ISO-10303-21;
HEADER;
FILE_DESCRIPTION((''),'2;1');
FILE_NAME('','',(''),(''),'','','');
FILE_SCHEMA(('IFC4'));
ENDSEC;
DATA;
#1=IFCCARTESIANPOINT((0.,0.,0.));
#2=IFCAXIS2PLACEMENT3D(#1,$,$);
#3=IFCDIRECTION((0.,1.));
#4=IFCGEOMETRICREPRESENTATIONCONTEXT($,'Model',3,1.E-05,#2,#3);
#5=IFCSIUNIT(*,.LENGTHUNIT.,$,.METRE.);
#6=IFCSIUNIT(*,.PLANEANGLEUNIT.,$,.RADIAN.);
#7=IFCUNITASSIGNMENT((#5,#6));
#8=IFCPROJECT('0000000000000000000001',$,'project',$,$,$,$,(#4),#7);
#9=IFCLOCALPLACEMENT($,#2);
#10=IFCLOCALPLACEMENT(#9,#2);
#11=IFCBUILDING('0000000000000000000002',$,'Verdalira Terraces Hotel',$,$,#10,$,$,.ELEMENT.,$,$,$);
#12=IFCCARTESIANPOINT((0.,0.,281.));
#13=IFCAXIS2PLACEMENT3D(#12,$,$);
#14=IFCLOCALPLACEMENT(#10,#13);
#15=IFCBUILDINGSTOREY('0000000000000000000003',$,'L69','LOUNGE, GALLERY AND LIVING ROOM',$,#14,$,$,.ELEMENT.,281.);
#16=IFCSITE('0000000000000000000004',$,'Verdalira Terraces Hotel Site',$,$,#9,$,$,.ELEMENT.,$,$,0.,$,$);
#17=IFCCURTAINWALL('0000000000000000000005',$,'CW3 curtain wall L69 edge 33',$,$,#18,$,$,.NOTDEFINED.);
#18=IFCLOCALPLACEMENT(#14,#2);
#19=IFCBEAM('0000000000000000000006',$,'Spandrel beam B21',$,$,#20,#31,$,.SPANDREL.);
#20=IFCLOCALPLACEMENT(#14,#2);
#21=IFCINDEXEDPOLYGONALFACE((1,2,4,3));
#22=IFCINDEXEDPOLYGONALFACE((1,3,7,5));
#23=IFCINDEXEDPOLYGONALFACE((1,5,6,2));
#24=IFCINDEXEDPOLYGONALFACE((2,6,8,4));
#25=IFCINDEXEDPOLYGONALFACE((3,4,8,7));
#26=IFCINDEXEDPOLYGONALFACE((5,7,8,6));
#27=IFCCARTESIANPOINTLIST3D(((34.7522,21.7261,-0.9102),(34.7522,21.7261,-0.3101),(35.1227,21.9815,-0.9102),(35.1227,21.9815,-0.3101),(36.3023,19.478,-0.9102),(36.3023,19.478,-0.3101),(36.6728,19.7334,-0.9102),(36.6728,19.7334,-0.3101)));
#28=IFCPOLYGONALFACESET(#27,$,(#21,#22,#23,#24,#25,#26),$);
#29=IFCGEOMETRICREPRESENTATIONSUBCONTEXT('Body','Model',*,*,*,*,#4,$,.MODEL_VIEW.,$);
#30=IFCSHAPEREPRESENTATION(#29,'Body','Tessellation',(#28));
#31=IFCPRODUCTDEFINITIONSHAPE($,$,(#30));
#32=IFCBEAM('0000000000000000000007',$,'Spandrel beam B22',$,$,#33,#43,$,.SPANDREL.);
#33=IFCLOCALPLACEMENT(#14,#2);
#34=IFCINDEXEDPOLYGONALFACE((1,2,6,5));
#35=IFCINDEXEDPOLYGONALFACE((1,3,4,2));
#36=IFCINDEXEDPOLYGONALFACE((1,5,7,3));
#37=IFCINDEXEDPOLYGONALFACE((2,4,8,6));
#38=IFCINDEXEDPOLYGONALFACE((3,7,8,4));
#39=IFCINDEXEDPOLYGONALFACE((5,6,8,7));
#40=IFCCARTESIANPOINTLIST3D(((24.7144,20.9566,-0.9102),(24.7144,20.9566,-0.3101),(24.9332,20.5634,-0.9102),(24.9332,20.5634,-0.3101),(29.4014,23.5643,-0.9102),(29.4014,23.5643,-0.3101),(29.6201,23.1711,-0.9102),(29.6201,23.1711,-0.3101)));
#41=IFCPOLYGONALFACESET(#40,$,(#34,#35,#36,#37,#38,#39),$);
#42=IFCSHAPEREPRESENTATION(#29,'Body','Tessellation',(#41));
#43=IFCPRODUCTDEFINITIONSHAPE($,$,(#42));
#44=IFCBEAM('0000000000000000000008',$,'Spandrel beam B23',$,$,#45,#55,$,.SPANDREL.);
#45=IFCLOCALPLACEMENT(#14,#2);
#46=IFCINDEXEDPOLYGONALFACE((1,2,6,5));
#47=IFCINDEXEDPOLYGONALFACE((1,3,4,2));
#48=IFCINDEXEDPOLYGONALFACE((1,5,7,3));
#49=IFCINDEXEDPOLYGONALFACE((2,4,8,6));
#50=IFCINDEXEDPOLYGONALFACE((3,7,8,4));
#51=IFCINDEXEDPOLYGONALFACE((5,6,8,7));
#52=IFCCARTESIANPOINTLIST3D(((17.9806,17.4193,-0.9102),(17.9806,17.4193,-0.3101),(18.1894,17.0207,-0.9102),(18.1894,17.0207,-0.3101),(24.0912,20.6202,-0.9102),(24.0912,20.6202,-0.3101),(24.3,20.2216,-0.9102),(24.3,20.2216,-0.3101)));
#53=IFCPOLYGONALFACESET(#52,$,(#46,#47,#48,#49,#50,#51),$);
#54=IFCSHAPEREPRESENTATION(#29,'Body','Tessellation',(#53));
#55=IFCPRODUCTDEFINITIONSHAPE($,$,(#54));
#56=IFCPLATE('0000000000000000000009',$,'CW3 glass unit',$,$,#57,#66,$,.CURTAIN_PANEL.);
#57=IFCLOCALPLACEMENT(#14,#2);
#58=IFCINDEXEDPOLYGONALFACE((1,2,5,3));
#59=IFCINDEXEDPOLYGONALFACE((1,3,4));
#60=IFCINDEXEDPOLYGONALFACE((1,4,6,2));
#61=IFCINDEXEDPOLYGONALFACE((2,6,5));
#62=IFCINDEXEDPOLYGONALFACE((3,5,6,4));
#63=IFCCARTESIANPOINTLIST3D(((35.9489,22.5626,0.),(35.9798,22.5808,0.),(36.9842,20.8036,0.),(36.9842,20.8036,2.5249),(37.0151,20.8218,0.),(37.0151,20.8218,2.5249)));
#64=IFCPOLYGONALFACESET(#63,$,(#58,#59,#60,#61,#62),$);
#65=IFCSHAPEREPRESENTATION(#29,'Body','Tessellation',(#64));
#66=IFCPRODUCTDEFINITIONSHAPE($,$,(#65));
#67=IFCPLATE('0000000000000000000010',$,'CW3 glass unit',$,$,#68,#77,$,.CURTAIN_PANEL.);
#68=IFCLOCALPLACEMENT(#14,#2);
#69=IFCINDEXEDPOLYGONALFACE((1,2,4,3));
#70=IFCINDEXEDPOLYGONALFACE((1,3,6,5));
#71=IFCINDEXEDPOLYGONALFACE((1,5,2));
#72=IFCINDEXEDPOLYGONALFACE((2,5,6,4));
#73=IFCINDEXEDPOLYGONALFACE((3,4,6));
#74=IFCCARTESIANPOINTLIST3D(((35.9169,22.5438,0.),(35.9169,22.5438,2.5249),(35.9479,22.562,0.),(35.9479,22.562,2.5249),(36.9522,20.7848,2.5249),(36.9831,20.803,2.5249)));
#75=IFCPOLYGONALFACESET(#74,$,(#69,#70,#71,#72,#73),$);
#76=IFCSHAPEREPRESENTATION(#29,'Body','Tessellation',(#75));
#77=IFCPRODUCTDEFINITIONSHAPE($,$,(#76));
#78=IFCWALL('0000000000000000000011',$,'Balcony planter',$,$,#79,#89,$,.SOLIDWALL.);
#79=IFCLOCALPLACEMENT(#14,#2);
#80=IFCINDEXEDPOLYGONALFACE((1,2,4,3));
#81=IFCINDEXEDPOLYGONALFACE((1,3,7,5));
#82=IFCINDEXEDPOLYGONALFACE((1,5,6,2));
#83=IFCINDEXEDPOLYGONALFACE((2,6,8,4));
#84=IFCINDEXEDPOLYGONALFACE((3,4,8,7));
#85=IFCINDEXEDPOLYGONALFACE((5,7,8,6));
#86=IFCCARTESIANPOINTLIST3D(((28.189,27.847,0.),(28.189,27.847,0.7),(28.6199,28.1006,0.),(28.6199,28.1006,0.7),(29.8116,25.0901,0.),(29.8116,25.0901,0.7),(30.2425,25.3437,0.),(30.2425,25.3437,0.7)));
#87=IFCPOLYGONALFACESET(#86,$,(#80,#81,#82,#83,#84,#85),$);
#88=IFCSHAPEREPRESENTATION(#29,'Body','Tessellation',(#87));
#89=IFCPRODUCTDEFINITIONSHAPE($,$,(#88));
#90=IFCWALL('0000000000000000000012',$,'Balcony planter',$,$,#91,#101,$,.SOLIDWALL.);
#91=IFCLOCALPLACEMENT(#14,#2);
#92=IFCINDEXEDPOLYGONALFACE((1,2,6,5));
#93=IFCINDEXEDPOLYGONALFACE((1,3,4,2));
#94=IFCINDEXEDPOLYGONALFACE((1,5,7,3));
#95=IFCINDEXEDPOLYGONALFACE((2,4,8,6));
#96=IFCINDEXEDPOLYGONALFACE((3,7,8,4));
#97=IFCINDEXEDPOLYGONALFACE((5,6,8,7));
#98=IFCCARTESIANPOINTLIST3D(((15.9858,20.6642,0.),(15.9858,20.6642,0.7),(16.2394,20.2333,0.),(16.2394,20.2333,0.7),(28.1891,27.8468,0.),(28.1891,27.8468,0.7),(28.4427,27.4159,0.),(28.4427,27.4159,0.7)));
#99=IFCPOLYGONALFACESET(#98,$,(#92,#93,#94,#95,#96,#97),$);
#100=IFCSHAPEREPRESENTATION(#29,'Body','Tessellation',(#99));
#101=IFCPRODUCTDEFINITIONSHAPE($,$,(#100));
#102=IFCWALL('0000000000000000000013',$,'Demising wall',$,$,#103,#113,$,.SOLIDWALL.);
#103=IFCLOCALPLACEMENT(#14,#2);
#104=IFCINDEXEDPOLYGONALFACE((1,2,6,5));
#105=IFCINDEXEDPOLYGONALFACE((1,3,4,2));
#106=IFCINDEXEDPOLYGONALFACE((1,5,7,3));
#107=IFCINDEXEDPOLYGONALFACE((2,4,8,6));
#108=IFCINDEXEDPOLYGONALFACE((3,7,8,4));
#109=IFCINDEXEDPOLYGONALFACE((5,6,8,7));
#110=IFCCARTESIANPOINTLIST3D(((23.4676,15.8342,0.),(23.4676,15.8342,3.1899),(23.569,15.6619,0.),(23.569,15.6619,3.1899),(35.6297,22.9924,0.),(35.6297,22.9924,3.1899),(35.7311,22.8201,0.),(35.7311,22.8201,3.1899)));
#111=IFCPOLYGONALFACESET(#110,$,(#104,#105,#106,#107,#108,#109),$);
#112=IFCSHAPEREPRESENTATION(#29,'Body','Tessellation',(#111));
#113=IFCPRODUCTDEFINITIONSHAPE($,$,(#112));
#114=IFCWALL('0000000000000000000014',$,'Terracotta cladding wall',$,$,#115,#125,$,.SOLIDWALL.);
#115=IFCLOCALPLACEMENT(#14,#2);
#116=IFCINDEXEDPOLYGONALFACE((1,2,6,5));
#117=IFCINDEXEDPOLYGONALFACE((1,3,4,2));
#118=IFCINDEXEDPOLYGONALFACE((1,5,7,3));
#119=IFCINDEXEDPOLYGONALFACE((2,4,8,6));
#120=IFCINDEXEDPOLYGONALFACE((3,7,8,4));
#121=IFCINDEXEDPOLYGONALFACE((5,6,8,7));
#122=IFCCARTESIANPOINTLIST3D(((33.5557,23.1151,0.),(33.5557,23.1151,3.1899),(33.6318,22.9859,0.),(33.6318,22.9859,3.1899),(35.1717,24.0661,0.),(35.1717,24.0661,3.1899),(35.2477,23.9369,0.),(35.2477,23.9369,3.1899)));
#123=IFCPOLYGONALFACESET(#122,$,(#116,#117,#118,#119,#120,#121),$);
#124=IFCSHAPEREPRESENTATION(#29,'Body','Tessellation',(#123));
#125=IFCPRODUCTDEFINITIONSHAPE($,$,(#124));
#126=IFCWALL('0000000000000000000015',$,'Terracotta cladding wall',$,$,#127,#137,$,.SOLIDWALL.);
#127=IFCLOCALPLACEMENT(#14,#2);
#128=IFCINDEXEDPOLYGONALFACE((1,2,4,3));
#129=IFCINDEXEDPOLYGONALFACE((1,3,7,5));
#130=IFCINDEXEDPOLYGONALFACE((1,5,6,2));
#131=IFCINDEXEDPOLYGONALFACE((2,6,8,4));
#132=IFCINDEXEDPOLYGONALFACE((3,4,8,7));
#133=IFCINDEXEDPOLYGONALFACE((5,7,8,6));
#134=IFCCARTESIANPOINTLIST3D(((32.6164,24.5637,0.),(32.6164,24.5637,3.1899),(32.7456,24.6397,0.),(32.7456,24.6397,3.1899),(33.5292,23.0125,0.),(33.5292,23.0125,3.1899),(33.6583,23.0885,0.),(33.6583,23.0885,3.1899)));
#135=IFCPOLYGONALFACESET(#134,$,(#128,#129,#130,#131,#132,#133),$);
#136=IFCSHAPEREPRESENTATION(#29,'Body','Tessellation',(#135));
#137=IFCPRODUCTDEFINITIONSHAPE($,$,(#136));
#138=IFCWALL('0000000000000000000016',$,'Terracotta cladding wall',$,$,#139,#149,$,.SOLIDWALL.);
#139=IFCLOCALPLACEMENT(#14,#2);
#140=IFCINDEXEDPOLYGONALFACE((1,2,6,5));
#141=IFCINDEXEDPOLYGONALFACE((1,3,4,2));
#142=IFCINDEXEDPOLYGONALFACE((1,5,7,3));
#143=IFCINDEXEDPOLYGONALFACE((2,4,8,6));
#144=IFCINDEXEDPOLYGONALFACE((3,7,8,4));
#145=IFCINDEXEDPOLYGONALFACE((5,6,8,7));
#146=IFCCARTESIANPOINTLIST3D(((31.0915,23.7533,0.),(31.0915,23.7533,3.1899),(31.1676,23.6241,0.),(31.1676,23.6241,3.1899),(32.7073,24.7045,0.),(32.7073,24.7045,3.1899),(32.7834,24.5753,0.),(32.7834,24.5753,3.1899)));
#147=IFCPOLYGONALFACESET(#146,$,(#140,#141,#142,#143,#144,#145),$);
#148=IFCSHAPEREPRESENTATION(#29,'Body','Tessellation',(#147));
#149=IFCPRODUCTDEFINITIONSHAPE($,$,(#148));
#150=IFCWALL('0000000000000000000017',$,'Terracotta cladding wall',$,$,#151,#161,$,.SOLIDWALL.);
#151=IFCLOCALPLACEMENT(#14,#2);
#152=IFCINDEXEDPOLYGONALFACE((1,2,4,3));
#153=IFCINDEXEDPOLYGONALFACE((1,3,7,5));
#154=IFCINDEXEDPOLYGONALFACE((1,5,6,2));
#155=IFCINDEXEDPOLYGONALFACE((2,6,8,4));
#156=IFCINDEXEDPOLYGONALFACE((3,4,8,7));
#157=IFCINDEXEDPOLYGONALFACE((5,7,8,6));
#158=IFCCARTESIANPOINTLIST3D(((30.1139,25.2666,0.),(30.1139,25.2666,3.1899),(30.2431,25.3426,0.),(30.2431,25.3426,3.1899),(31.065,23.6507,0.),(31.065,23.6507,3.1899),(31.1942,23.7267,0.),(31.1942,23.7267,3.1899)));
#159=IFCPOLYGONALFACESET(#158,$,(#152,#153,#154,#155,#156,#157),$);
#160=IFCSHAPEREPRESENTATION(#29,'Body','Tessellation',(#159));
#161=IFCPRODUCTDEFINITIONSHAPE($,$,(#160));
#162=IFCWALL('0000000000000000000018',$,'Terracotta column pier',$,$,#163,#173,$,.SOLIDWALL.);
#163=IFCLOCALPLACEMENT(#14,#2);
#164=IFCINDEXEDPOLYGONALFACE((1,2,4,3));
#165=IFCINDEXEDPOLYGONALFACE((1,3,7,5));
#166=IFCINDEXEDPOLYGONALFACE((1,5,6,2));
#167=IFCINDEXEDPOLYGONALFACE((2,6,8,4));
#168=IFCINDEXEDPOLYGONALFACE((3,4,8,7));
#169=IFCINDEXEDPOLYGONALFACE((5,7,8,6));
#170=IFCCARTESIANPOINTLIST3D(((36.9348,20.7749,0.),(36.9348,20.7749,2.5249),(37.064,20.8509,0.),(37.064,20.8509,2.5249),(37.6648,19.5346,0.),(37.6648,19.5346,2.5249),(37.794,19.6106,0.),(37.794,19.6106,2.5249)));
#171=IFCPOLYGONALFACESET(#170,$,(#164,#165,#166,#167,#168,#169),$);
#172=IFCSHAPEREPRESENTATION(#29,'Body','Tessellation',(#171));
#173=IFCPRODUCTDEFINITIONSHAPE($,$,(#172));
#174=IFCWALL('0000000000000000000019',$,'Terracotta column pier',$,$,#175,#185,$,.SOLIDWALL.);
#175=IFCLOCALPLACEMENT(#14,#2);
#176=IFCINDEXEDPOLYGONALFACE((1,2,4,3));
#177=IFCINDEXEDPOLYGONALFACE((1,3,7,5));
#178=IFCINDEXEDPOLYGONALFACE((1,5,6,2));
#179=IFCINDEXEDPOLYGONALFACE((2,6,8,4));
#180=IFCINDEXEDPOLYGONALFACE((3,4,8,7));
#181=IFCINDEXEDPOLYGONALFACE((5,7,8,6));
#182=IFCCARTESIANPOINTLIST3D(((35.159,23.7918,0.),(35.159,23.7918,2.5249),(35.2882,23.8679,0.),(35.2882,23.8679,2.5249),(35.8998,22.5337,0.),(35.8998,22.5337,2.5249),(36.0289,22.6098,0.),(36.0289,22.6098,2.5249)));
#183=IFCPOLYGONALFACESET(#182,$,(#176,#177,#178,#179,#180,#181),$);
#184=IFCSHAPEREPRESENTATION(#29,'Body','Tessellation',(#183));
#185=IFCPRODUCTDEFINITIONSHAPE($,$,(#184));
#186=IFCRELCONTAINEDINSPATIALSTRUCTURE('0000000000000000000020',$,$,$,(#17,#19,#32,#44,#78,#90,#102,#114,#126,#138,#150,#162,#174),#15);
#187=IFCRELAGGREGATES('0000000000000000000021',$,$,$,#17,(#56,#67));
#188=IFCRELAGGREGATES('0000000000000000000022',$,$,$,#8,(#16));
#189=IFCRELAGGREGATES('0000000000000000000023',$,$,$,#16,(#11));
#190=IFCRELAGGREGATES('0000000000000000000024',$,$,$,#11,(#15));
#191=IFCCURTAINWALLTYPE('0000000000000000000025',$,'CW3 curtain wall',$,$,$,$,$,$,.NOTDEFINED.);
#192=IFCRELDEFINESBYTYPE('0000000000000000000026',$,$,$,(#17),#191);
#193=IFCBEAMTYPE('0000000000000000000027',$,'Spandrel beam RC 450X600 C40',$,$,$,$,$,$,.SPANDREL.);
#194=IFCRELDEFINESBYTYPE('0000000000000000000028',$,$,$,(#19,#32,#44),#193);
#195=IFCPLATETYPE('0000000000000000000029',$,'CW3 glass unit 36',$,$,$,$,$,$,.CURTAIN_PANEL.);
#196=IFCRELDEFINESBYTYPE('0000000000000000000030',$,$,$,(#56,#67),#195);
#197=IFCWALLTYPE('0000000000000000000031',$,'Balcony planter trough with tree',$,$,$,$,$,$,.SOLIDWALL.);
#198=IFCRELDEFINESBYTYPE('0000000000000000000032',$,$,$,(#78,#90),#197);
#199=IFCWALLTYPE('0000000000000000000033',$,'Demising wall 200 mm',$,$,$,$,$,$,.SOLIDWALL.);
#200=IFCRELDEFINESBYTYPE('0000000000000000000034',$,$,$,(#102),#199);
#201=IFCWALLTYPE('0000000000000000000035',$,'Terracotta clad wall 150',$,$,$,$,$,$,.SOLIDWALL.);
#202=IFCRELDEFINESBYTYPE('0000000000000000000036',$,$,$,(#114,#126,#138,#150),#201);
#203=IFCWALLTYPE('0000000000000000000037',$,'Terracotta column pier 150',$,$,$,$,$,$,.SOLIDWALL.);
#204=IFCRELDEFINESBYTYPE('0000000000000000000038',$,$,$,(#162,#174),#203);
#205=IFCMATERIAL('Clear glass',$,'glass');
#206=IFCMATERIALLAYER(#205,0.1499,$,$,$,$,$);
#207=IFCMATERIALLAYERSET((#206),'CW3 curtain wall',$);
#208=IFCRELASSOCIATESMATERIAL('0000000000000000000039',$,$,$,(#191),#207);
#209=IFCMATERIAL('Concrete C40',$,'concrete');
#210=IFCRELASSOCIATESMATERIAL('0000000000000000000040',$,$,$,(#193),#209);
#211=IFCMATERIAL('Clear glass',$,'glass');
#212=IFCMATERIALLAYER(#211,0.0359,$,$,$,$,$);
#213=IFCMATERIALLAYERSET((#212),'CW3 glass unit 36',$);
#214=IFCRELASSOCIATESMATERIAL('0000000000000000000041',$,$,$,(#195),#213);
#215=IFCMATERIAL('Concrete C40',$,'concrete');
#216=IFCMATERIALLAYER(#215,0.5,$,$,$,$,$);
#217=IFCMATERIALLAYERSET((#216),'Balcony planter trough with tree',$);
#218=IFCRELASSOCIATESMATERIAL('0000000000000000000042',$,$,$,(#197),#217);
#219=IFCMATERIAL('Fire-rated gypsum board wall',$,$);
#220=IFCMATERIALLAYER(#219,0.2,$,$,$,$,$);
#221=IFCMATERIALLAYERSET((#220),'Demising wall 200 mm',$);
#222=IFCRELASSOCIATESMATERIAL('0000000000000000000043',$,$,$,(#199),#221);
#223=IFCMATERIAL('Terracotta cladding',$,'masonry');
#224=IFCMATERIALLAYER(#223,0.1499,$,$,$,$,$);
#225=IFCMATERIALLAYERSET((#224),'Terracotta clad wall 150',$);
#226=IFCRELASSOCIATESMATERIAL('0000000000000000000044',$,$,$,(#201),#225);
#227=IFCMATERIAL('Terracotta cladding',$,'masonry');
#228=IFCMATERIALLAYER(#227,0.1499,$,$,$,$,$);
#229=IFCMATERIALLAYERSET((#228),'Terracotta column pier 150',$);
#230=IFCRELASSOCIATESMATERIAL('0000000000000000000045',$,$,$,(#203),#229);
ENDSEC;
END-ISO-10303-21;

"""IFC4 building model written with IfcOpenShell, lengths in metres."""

from ifc_helpers import new_model, si_unit, direction, frame, frame_2d, origin, origin_2d, place, context, subcontext, project, spatial, polyline, rectangle, outline, extrude, material, layer, layer_set, material_profile, profile_set, type_object, element, aggregate, save


model = new_model("IFC4")

# Units and contexts
model_context = context("Model", 3, precision=1e-05, world=origin(), true_north=direction((0.0, 1.0)))
body_context = subcontext(model_context, "Body", "Model", "MODEL_VIEW")
ifc_project = project(units=[si_unit("LENGTHUNIT", "METRE"), si_unit("PLANEANGLEUNIT", "RADIAN")], contexts=[model_context])

# Site, building, storey
site_placement = place(None, origin())
site = spatial("IfcSite", under=ifc_project, at=site_placement, Name="Verdalira Terraces Hotel Site", CompositionType="ELEMENT", RefElevation=0.0)
building_placement = place(site_placement, origin())
building = spatial("IfcBuilding", under=site, at=building_placement, Name="Verdalira Terraces Hotel", CompositionType="ELEMENT")
storey_placement = place(building_placement, frame((0.0, 0.0, 281.0)))
storey = spatial("IfcBuildingStorey", under=building, at=storey_placement, Name="L69", Description="LOUNGE, GALLERY AND LIVING ROOM", CompositionType="ELEMENT", Elevation=281.0)

# Curtain wall
ifc_material_1 = material(Name="Clear glass", Category="glass")
ifc_layer_1 = layer(ifc_material_1, 0.1499)
ifc_layer_set_1 = layer_set([ifc_layer_1], Name="CW3 curtain wall")
curtain_wall_type_1 = type_object("IfcCurtainWallType", Name="CW3 curtain wall", PredefinedType="NOTDEFINED", material=ifc_layer_set_1)
curtain_wall_1_placement = place(storey_placement, origin())
curtain_wall_1 = element("IfcCurtainWall", 1, at=curtain_wall_1_placement, inside=storey, type_object=curtain_wall_type_1, Name="CW3 curtain wall L69 edge 33", PredefinedType="NOTDEFINED")

# Beams
ifc_material_2 = material(Name="Concrete C40", Category="concrete")
ifc_material_profile_1 = material_profile(ifc_material_2, rectangle(XDim=0.45, YDim=0.6001, at=origin_2d()), Name="RC 450X600")
ifc_profile_set_1 = profile_set([ifc_material_profile_1], Name="Concrete C40")
beam_type_1 = type_object("IfcBeamType", Name="Spandrel beam RC 450X600 C40", PredefinedType="SPANDREL", material=ifc_profile_set_1)
beam_1_placement = place(storey_placement, frame((36.4875, 19.6057, -0.6101), z_axis=(-0.567651, 0.823269, 0.0), x_axis=(-0.823269, -0.567651, 0.0)))
element("IfcBeam", 2, at=beam_1_placement, inside=storey, type_object=beam_type_1, Name="Spandrel beam B21", PredefinedType="SPANDREL", context=body_context, shape_type="SweptSolid", body=[
    extrude(rectangle(XDim=0.45, YDim=0.6001, at=origin_2d()), origin(), (0.0, 0.0, 1.0), 2.7307),
])
beam_2_placement = place(storey_placement, frame((29.5107, 23.3677, -0.6101), z_axis=(-0.873859, -0.48618, 0.0), x_axis=(0.48618, -0.873859, 0.0)))
element("IfcBeam", 3, at=beam_2_placement, inside=storey, type_object=beam_type_1, Name="Spandrel beam B22", PredefinedType="SPANDREL", context=body_context, shape_type="SweptSolid", body=[
    extrude(rectangle(XDim=0.45, YDim=0.6001, at=origin_2d()), origin(), (0.0, 0.0, 1.0), 5.3635),
])
beam_3_placement = place(storey_placement, frame((24.1956, 20.4209, -0.6101), z_axis=(-0.885823, -0.464023, 0.0), x_axis=(0.464023, -0.885823, 0.0)))
element("IfcBeam", 4, at=beam_3_placement, inside=storey, type_object=beam_type_1, Name="Spandrel beam B23", PredefinedType="SPANDREL", context=body_context, shape_type="SweptSolid", body=[
    extrude(rectangle(XDim=0.45, YDim=0.6001, at=origin_2d()), origin(), (0.0, 0.0, 1.0), 6.8982),
])

# Plates
ifc_material_3 = material(Name="Clear glass", Category="glass")
ifc_layer_2 = layer(ifc_material_3, 0.0359)
ifc_layer_set_2 = layer_set([ifc_layer_2], Name="CW3 glass unit 36")
plate_type = type_object("IfcPlateType", Name="CW3 glass unit 36", PredefinedType="CURTAIN_PANEL", material=ifc_layer_set_2)
plate_1_placement = place(storey_placement, frame((36.4666, 21.6831, 1.2625), z_axis=(0.861806, 0.507238, 0.0), x_axis=(-0.507238, 0.861806, 0.0)))
plate_1 = element("IfcPlate", 5, at=plate_1_placement, type_object=plate_type, Name="CW3 glass unit", PredefinedType="CURTAIN_PANEL", context=body_context, shape_type="SweptSolid", body=[
    extrude(outline(polyline([(-1.0205, -1.2625), (1.0205, -1.2625), (-1.0205, 1.2625), (-1.0205, -1.2625)])), origin(), (0.0, 0.0, 1.0), 0.0359),
])
plate_2_placement = place(storey_placement, frame((36.4346, 21.6643, 1.2625), z_axis=(0.861806, 0.507238, 0.0), x_axis=(-0.507238, 0.861806, 0.0)))
plate_2 = element("IfcPlate", 6, at=plate_2_placement, type_object=plate_type, Name="CW3 glass unit", PredefinedType="CURTAIN_PANEL", context=body_context, shape_type="SweptSolid", body=[
    extrude(outline(polyline([(1.0205, -1.2625), (1.0205, 1.2625), (-1.0205, 1.2625), (1.0205, -1.2625)])), origin(), (0.0, 0.0, 1.0), 0.0359),
])
aggregate(curtain_wall_1, [plate_1, plate_2])

# Walls
ifc_material_4 = material(Name="Concrete C40", Category="concrete")
ifc_layer_3 = layer(ifc_material_4, 0.5)
ifc_layer_set_3 = layer_set([ifc_layer_3], Name="Balcony planter trough with tree")
wall_type_1 = type_object("IfcWallType", Name="Balcony planter trough with tree", PredefinedType="SOLIDWALL", material=ifc_layer_set_3)
wall_1_placement = place(storey_placement, frame((30.0271, 25.2168, 0.0), z_axis=(0.0, 0.0, 1.0), x_axis=(-0.507227, 0.861813, 0.0)))
element("IfcWall", 7, at=wall_1_placement, inside=storey, type_object=wall_type_1, Name="Balcony planter", PredefinedType="SOLIDWALL", context=body_context, shape_type="SweptSolid", body=[
    extrude(rectangle(XDim=3.199, YDim=0.5, at=frame_2d((1.5996, 0.0))), origin(), (0.0, 0.0, 1.0), 0.7),
])
wall_2_placement = place(storey_placement, frame((28.3159, 27.6313, 0.0), z_axis=(0.0, 0.0, 1.0), x_axis=(-0.861806, -0.507239, 0.0)))
element("IfcWall", 8, at=wall_2_placement, inside=storey, type_object=wall_type_1, Name="Balcony planter", PredefinedType="SOLIDWALL", context=body_context, shape_type="SweptSolid", body=[
    extrude(rectangle(XDim=14.1602, YDim=0.5, at=frame_2d((7.0801, 0.0))), origin(), (0.0, 0.0, 1.0), 0.7),
])
ifc_material_5 = material(Name="Fire-rated gypsum board wall")
ifc_layer_4 = layer(ifc_material_5, 0.2)
ifc_layer_set_4 = layer_set([ifc_layer_4], Name="Demising wall 200 mm")
wall_type_2 = type_object("IfcWallType", Name="Demising wall 200 mm", PredefinedType="SOLIDWALL", material=ifc_layer_set_4)
wall_3_placement = place(storey_placement, frame((35.6804, 22.9062, 0.0), z_axis=(0.0, 0.0, 1.0), x_axis=(-0.86181, -0.507232, 0.0)))
element("IfcWall", 9, at=wall_3_placement, inside=storey, type_object=wall_type_2, Name="Demising wall", PredefinedType="SOLIDWALL", context=body_context, shape_type="SweptSolid", body=[
    extrude(rectangle(XDim=14.1123, YDim=0.2, at=frame_2d((7.0562, 0.0))), origin(), (0.0, 0.0, 1.0), 3.1899),
])
ifc_material_6 = material(Name="Terracotta cladding", Category="masonry")
ifc_layer_5 = layer(ifc_material_6, 0.1499)
ifc_layer_set_5 = layer_set([ifc_layer_5], Name="Terracotta clad wall 150")
wall_type_3 = type_object("IfcWallType", Name="Terracotta clad wall 150", PredefinedType="SOLIDWALL", material=ifc_layer_set_5)
wall_4_placement = place(storey_placement, frame((35.2097, 24.0015, 0.0), z_axis=(0.0, 0.0, 1.0), x_axis=(-0.861851, -0.507162, 0.0)))
element("IfcWall", 10, at=wall_4_placement, inside=storey, type_object=wall_type_3, Name="Terracotta cladding wall", PredefinedType="SOLIDWALL", context=body_context, shape_type="SweptSolid", body=[
    extrude(rectangle(XDim=1.875, YDim=0.1499, at=frame_2d((0.9375, 0.0))), origin(), (0.0, 0.0, 1.0), 3.1899),
])
wall_5_placement = place(storey_placement, frame((33.5938, 23.0505, 0.0), z_axis=(0.0, 0.0, 1.0), x_axis=(-0.507156, 0.861854, 0.0)))
element("IfcWall", 11, at=wall_5_placement, inside=storey, type_object=wall_type_3, Name="Terracotta cladding wall", PredefinedType="SOLIDWALL", context=body_context, shape_type="SweptSolid", body=[
    extrude(rectangle(XDim=1.7998, YDim=0.1499, at=frame_2d((0.8999, 0.0))), origin(), (0.0, 0.0, 1.0), 3.1899),
])
for number, where, z_axis, x_axis, name in (
    (12, (32.7454, 24.6399, 0.0), (0.0, 0.0, 1.0), (-0.86176, -0.507316, 0.0), "Terracotta cladding wall"),
    (13, (31.1296, 23.6887, 0.0), (0.0, 0.0, 1.0), (-0.507259, 0.861794, 0.0), "Terracotta cladding wall"),
):
    element("IfcWall", number, at=place(storey_placement, frame(where, z_axis=z_axis, x_axis=x_axis)), inside=storey, type_object=wall_type_3, Name=name, PredefinedType="SOLIDWALL", context=body_context, shape_type="SweptSolid", body=[
        extrude(rectangle(XDim=1.875, YDim=0.1499, at=frame_2d((0.9375, 0.0))), origin(), (0.0, 0.0, 1.0), 3.1899),
    ])
ifc_material_7 = material(Name="Terracotta cladding", Category="masonry")
ifc_layer_6 = layer(ifc_material_7, 0.1499)
ifc_layer_set_6 = layer_set([ifc_layer_6], Name="Terracotta column pier 150")
wall_type_4 = type_object("IfcWallType", Name="Terracotta column pier 150", PredefinedType="SOLIDWALL", material=ifc_layer_set_6)
wall_6_placement = place(storey_placement, frame((37.7295, 19.5725, 0.0), z_axis=(0.0, 0.0, 1.0), x_axis=(-0.507243, 0.861803, 0.0)))
element("IfcWall", 14, at=wall_6_placement, inside=storey, type_object=wall_type_4, Name="Terracotta column pier", PredefinedType="SOLIDWALL", context=body_context, shape_type="SweptSolid", body=[
    extrude(rectangle(XDim=1.4392, YDim=0.1499, at=frame_2d((0.7197, 0.0))), origin(), (0.0, 0.0, 1.0), 2.5249),
])
wall_7_placement = place(storey_placement, frame((35.9644, 22.5718, 0.0), z_axis=(0.0, 0.0, 1.0), x_axis=(-0.507371, 0.861728, 0.0)))
element("IfcWall", 15, at=wall_7_placement, inside=storey, type_object=wall_type_4, Name="Terracotta column pier", PredefinedType="SOLIDWALL", context=body_context, shape_type="SweptSolid", body=[
    extrude(rectangle(XDim=1.46, YDim=0.1499, at=frame_2d((0.73, 0.0))), origin(), (0.0, 0.0, 1.0), 2.5249),
])

save(model, "model.ifc")
